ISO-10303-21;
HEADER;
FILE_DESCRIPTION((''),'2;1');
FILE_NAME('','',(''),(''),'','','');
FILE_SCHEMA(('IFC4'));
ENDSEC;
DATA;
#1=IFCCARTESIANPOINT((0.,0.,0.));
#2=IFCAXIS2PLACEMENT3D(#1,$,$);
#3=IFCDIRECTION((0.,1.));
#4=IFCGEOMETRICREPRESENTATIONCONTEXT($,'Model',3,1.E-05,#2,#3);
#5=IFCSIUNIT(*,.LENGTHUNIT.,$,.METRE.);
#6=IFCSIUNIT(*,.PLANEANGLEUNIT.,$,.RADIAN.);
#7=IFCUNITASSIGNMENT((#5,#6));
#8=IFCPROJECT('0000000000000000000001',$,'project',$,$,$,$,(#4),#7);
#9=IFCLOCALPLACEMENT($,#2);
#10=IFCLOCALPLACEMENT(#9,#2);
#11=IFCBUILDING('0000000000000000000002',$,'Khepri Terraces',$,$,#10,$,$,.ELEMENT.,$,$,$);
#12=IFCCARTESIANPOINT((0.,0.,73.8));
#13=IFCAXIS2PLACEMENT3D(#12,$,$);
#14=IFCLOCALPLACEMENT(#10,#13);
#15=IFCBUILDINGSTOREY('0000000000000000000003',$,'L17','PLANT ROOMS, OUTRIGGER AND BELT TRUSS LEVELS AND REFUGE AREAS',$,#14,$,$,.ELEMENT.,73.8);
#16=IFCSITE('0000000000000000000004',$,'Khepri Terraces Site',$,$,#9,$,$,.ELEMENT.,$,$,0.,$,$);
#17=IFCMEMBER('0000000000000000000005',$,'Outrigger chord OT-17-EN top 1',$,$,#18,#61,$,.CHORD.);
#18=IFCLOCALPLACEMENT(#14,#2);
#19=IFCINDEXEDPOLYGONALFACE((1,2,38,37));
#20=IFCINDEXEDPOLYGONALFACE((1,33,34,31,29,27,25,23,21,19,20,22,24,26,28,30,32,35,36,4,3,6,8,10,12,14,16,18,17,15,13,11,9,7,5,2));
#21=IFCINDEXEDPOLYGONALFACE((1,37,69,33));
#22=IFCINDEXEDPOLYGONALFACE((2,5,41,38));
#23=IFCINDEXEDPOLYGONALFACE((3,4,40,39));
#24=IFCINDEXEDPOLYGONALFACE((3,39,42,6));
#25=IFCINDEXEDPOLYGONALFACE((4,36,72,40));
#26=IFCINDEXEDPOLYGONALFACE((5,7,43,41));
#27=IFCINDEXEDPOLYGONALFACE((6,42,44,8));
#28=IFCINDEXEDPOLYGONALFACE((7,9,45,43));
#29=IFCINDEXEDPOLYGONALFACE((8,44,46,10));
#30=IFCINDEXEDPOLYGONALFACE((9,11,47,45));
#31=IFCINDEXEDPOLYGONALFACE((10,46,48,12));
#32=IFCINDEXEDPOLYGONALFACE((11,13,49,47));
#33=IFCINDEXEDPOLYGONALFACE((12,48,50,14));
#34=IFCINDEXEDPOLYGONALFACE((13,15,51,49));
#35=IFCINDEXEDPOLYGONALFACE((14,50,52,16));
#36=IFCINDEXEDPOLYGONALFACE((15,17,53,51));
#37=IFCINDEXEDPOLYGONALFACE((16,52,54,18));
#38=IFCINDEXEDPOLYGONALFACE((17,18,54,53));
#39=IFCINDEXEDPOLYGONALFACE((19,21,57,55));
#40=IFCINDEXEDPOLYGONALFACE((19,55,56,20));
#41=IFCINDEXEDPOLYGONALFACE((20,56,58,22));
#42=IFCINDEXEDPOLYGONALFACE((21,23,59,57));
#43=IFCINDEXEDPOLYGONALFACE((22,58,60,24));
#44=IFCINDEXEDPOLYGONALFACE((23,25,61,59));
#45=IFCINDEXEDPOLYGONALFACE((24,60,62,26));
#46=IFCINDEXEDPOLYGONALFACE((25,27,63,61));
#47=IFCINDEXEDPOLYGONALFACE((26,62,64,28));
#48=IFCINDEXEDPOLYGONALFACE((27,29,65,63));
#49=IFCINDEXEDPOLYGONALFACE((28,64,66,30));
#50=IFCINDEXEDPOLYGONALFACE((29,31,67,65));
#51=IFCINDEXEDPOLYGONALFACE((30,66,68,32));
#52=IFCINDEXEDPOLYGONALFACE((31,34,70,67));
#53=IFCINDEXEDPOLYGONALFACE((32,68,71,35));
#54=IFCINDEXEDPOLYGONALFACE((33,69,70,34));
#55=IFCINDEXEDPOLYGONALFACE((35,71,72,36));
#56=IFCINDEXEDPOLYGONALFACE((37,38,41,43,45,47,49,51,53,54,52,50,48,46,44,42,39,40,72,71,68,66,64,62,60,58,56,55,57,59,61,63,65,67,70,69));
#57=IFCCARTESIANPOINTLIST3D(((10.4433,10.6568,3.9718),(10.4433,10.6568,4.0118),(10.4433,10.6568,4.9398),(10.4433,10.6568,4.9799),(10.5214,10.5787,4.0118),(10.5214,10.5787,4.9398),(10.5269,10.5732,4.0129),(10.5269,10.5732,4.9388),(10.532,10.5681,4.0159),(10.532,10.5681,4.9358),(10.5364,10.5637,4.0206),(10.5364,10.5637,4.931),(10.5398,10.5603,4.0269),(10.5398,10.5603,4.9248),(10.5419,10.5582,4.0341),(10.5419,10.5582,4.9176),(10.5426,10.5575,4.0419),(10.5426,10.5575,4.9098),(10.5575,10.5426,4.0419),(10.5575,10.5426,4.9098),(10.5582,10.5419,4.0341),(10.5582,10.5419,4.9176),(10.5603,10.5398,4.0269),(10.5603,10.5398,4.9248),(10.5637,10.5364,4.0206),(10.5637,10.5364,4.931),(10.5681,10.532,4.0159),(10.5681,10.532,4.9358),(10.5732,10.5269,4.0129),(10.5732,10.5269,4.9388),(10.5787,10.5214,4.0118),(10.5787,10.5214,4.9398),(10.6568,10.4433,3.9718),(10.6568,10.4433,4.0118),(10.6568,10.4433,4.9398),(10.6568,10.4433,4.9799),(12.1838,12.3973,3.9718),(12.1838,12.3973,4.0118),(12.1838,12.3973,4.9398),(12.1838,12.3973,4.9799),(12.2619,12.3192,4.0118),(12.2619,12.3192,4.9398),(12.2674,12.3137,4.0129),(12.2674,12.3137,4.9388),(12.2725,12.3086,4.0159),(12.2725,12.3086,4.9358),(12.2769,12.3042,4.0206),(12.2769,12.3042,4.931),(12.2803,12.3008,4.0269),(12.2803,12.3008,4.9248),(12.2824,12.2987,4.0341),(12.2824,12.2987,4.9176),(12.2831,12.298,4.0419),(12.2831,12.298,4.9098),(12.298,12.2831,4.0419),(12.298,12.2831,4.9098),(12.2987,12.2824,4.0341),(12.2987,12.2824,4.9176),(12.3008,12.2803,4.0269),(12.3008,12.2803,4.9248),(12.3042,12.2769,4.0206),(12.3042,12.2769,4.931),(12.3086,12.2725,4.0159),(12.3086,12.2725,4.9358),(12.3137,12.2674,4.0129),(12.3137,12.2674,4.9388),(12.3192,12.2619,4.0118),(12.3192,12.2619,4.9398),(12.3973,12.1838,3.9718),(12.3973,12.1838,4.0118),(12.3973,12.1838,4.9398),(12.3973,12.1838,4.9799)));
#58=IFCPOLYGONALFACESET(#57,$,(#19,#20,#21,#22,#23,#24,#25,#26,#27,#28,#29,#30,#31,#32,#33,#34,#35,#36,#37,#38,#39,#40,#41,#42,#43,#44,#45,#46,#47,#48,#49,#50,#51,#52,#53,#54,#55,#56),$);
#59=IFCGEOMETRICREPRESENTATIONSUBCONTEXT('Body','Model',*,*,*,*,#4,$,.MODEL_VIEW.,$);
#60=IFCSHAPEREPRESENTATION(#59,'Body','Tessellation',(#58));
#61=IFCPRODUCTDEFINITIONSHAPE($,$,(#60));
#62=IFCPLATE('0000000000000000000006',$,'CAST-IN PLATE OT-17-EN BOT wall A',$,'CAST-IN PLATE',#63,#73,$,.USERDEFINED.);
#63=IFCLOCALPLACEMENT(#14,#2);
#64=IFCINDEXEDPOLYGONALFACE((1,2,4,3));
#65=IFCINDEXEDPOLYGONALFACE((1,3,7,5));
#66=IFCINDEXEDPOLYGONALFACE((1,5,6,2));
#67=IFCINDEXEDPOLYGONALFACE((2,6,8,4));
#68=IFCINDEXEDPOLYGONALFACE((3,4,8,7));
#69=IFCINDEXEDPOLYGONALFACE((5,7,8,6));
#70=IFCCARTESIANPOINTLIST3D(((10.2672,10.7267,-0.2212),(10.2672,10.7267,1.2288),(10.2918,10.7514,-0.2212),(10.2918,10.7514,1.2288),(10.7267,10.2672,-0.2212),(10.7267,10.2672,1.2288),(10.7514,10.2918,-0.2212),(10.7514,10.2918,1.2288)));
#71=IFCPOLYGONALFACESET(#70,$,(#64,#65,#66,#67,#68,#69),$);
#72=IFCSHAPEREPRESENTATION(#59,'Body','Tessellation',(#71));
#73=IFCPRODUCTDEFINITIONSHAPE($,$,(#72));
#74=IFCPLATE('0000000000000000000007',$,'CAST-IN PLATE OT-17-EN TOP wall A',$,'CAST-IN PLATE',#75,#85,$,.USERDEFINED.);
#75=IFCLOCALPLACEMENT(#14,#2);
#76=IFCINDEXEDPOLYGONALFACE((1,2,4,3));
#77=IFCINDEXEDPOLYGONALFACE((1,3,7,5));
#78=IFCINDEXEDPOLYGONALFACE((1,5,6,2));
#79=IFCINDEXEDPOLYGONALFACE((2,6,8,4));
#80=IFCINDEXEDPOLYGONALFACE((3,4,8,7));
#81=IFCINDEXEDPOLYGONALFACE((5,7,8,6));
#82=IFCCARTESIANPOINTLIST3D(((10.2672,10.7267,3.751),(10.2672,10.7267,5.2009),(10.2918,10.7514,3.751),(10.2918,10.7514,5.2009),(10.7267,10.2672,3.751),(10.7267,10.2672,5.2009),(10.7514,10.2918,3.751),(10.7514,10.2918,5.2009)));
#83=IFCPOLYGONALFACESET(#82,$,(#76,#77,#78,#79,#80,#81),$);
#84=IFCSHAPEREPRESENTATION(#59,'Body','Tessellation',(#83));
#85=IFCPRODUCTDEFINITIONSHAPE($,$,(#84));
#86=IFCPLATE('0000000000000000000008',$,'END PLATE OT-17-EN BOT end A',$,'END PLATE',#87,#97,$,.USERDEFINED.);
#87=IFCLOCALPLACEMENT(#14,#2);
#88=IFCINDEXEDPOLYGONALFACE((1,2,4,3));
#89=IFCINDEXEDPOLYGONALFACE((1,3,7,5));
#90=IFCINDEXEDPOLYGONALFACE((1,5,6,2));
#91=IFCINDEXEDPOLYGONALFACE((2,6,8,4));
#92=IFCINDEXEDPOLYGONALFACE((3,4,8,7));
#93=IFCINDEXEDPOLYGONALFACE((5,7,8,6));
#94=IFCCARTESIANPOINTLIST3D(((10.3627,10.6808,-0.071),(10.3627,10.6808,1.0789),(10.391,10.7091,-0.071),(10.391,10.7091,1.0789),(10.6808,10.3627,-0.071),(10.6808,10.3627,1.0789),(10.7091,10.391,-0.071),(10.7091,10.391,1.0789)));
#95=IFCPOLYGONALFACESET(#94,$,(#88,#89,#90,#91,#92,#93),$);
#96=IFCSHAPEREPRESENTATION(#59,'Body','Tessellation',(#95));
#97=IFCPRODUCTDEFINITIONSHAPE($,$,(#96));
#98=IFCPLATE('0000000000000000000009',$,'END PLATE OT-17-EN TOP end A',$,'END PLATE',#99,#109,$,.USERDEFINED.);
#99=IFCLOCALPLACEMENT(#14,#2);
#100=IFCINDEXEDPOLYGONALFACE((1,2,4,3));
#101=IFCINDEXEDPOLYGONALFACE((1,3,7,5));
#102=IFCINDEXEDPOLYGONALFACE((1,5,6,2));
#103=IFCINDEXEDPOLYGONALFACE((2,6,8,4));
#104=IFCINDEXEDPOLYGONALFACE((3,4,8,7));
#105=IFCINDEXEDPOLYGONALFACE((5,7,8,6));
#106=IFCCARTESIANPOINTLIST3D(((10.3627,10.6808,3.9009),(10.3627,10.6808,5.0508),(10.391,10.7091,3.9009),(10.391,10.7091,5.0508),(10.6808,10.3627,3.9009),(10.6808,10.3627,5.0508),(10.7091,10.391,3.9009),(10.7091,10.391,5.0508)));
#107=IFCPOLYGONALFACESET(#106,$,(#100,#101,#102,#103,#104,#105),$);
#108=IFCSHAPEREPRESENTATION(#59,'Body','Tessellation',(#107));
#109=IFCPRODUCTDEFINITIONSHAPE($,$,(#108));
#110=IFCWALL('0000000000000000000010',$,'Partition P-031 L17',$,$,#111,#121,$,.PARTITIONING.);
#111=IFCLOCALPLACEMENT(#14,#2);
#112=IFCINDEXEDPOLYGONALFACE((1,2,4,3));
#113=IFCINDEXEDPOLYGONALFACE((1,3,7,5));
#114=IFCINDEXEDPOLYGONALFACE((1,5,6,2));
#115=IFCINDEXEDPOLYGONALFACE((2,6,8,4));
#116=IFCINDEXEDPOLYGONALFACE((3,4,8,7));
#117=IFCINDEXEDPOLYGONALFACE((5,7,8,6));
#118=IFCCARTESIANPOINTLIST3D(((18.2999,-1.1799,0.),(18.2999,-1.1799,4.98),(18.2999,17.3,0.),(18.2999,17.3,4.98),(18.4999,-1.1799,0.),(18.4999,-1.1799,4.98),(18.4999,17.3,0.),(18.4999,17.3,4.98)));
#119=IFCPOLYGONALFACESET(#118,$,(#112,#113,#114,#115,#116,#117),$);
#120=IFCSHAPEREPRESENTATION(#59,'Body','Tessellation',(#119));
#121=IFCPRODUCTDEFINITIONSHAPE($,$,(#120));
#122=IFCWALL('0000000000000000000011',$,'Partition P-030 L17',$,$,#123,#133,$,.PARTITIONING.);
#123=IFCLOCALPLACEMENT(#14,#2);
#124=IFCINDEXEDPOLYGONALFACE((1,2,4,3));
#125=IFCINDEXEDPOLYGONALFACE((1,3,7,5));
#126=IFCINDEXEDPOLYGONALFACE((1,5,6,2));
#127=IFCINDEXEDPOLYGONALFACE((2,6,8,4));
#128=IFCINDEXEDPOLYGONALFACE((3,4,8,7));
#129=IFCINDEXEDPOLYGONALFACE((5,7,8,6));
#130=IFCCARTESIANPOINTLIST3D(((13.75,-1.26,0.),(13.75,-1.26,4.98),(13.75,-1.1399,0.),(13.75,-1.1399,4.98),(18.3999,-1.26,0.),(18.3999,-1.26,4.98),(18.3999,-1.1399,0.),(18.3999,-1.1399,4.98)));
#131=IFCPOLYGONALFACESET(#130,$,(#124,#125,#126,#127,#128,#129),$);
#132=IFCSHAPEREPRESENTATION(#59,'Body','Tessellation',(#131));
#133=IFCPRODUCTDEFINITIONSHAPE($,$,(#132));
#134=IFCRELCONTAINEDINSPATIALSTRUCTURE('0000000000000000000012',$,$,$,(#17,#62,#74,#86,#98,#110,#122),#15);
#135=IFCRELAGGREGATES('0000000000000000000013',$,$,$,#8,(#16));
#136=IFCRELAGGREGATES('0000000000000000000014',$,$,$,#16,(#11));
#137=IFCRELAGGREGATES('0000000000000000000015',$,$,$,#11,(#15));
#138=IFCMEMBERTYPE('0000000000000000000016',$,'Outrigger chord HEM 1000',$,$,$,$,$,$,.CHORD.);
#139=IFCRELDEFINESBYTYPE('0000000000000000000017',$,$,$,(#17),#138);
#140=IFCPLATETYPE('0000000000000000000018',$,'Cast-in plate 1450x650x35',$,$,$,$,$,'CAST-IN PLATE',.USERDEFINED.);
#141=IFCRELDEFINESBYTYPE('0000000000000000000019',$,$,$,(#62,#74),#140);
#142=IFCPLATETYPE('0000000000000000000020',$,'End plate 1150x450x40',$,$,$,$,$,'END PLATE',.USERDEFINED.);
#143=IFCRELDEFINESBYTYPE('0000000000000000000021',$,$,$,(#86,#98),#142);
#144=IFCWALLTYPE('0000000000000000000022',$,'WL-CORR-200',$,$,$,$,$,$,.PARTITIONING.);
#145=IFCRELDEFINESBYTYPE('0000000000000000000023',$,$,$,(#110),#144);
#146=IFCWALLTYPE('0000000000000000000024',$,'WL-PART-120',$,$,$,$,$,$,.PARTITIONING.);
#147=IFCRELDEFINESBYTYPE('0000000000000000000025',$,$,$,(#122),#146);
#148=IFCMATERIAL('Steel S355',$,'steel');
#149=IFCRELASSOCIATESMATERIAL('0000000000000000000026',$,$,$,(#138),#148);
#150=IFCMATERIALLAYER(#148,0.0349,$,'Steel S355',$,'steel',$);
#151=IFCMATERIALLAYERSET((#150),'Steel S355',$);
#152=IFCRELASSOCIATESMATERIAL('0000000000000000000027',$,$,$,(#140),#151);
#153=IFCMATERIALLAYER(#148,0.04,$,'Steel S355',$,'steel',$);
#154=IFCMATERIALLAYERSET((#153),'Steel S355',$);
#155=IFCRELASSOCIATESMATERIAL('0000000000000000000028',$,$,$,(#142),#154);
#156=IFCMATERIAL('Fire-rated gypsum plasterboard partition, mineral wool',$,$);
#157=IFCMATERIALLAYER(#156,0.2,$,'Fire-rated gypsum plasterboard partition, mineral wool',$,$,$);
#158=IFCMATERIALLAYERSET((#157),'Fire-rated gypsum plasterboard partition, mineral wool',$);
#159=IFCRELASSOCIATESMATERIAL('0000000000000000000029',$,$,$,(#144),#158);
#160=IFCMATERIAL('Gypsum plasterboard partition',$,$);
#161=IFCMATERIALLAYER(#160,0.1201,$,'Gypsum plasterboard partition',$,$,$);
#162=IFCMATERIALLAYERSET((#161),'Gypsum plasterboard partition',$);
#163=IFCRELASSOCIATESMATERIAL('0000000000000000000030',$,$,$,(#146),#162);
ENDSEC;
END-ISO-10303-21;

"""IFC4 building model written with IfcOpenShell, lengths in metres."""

from ifc_helpers import new_model, si_unit, direction, frame, frame_2d, origin, origin_2d, place, context, subcontext, project, spatial, rectangle, i_section, extrude, material, layer, layer_set, material_profile, profile_set, type_object, element, save


model = new_model("IFC4")

# Units and contexts
model_context = context("Model", 3, precision=1e-05, world=origin(), true_north=direction((0.0, 1.0)))
body_context = subcontext(model_context, "Body", "Model", "MODEL_VIEW")
ifc_project = project(units=[si_unit("LENGTHUNIT", "METRE"), si_unit("PLANEANGLEUNIT", "RADIAN")], contexts=[model_context])

# Site, building, storey
site_placement = place(None, origin())
site = spatial("IfcSite", under=ifc_project, at=site_placement, Name="Khepri Terraces Site", CompositionType="ELEMENT", RefElevation=0.0)
building_placement = place(site_placement, origin())
building = spatial("IfcBuilding", under=site, at=building_placement, Name="Khepri Terraces", CompositionType="ELEMENT")
storey_placement = place(building_placement, frame((0.0, 0.0, 73.8)))
storey = spatial("IfcBuildingStorey", under=building, at=storey_placement, Name="L17", Description="PLANT ROOMS, OUTRIGGER AND BELT TRUSS LEVELS AND REFUGE AREAS", CompositionType="ELEMENT", Elevation=73.8)

# Member
ifc_material_1 = material(Name="Steel S355", Category="steel")
ifc_material_profile_1 = material_profile(ifc_material_1, i_section(OverallWidth=0.302, OverallDepth=1.0081, WebThickness=0.021, FlangeThickness=0.04, FilletRadius=0.03, at=origin_2d()), Name="Steel S355", Category="steel")
ifc_profile_set_1 = profile_set([ifc_material_profile_1], Name="Steel S355")
member_type_1 = type_object("IfcMemberType", Name="Outrigger chord HEM 1000", PredefinedType="CHORD", material=ifc_profile_set_1)
for number, where, z_axis, x_axis, name in (
    (1, (10.55, 10.55, 4.4758), (0.707107, 0.707107, 0.0), (-0.707107, 0.707107, 0.0), "Outrigger chord OT-17-EN top 1"),
):
    element("IfcMember", number, at=place(storey_placement, frame(where, z_axis=z_axis, x_axis=x_axis)), inside=storey, type_object=member_type_1, Name=name, PredefinedType="CHORD", context=body_context, shape_type="SweptSolid", body=[
        extrude(i_section(OverallWidth=0.302, OverallDepth=1.0081, WebThickness=0.021, FlangeThickness=0.04, FilletRadius=0.03, at=origin_2d()), origin(), (0.0, 0.0, 1.0), 2.4614),
    ])

# Plates
ifc_layer_1 = layer(ifc_material_1, 0.0349, Name="Steel S355", Category="steel")
ifc_layer_set_1 = layer_set([ifc_layer_1], Name="Steel S355")
plate_type_1 = type_object("IfcPlateType", Name="Cast-in plate 1450x650x35", ElementType="CAST-IN PLATE", PredefinedType="USERDEFINED", material=ifc_layer_set_1)
for number, where, z_axis, x_axis, name in (
    (2, (10.5093, 10.5093, -0.2212), (0.0, 0.0, 1.0), (0.707107, 0.707107, 0.0), "CAST-IN PLATE OT-17-EN BOT wall A"),
    (3, (10.5093, 10.5093, 3.751), (0.0, 0.0, 1.0), (0.707107, 0.707107, 0.0), "CAST-IN PLATE OT-17-EN TOP wall A"),
):
    element("IfcPlate", number, at=place(storey_placement, frame(where, z_axis=z_axis, x_axis=x_axis)), inside=storey, type_object=plate_type_1, Name=name, ObjectType="CAST-IN PLATE", PredefinedType="USERDEFINED", context=body_context, shape_type="SweptSolid", body=[
        extrude(rectangle(XDim=0.0349, YDim=0.6499, at=origin_2d()), origin(), (0.0, 0.0, 1.0), 1.45),
    ])
ifc_layer_2 = layer(ifc_material_1, 0.04, Name="Steel S355", Category="steel")
ifc_layer_set_2 = layer_set([ifc_layer_2], Name="Steel S355")
plate_type_2 = type_object("IfcPlateType", Name="End plate 1150x450x40", ElementType="END PLATE", PredefinedType="USERDEFINED", material=ifc_layer_set_2)
for number, where, z_axis, x_axis, name in (
    (4, (10.5359, 10.5359, -0.071), (0.0, 0.0, 1.0), (0.707107, 0.707107, 0.0), "END PLATE OT-17-EN BOT end A"),
    (5, (10.5359, 10.5359, 3.9009), (0.0, 0.0, 1.0), (0.707107, 0.707107, 0.0), "END PLATE OT-17-EN TOP end A"),
):
    element("IfcPlate", number, at=place(storey_placement, frame(where, z_axis=z_axis, x_axis=x_axis)), inside=storey, type_object=plate_type_2, Name=name, ObjectType="END PLATE", PredefinedType="USERDEFINED", context=body_context, shape_type="SweptSolid", body=[
        extrude(rectangle(XDim=0.04, YDim=0.45, at=origin_2d()), origin(), (0.0, 0.0, 1.0), 1.1499),
    ])

# Walls
ifc_material_2 = material(Name="Fire-rated gypsum plasterboard partition, mineral wool")
ifc_layer_3 = layer(ifc_material_2, 0.2, Name="Fire-rated gypsum plasterboard partition, mineral wool")
ifc_layer_set_3 = layer_set([ifc_layer_3], Name="Fire-rated gypsum plasterboard partition, mineral wool")
wall_type_1 = type_object("IfcWallType", Name="WL-CORR-200", PredefinedType="PARTITIONING", material=ifc_layer_set_3)
wall_1_placement = place(storey_placement, frame((18.3999, -1.1799, 0.0), z_axis=(0.0, 0.0, 1.0), x_axis=(0.0, 1.0, 0.0)))
element("IfcWall", 6, at=wall_1_placement, inside=storey, type_object=wall_type_1, Name="Partition P-031 L17", PredefinedType="PARTITIONING", context=body_context, shape_type="SweptSolid", body=[
    extrude(rectangle(XDim=18.48, YDim=0.2, at=frame_2d((9.24, 0.0))), origin(), (0.0, 0.0, 1.0), 4.98),
])
ifc_material_3 = material(Name="Gypsum plasterboard partition")
ifc_layer_4 = layer(ifc_material_3, 0.1201, Name="Gypsum plasterboard partition")
ifc_layer_set_4 = layer_set([ifc_layer_4], Name="Gypsum plasterboard partition")
wall_type_2 = type_object("IfcWallType", Name="WL-PART-120", PredefinedType="PARTITIONING", material=ifc_layer_set_4)
wall_2_placement = place(storey_placement, frame((13.75, -1.2, 0.0), z_axis=(0.0, 0.0, 1.0), x_axis=(1.0, 0.0, 0.0)))
element("IfcWall", 7, at=wall_2_placement, inside=storey, type_object=wall_type_2, Name="Partition P-030 L17", PredefinedType="PARTITIONING", context=body_context, shape_type="SweptSolid", body=[
    extrude(rectangle(XDim=4.6499, YDim=0.1201, at=frame_2d((2.325, 0.0))), origin(), (0.0, 0.0, 1.0), 4.98),
])

save(model, "model.ifc")
